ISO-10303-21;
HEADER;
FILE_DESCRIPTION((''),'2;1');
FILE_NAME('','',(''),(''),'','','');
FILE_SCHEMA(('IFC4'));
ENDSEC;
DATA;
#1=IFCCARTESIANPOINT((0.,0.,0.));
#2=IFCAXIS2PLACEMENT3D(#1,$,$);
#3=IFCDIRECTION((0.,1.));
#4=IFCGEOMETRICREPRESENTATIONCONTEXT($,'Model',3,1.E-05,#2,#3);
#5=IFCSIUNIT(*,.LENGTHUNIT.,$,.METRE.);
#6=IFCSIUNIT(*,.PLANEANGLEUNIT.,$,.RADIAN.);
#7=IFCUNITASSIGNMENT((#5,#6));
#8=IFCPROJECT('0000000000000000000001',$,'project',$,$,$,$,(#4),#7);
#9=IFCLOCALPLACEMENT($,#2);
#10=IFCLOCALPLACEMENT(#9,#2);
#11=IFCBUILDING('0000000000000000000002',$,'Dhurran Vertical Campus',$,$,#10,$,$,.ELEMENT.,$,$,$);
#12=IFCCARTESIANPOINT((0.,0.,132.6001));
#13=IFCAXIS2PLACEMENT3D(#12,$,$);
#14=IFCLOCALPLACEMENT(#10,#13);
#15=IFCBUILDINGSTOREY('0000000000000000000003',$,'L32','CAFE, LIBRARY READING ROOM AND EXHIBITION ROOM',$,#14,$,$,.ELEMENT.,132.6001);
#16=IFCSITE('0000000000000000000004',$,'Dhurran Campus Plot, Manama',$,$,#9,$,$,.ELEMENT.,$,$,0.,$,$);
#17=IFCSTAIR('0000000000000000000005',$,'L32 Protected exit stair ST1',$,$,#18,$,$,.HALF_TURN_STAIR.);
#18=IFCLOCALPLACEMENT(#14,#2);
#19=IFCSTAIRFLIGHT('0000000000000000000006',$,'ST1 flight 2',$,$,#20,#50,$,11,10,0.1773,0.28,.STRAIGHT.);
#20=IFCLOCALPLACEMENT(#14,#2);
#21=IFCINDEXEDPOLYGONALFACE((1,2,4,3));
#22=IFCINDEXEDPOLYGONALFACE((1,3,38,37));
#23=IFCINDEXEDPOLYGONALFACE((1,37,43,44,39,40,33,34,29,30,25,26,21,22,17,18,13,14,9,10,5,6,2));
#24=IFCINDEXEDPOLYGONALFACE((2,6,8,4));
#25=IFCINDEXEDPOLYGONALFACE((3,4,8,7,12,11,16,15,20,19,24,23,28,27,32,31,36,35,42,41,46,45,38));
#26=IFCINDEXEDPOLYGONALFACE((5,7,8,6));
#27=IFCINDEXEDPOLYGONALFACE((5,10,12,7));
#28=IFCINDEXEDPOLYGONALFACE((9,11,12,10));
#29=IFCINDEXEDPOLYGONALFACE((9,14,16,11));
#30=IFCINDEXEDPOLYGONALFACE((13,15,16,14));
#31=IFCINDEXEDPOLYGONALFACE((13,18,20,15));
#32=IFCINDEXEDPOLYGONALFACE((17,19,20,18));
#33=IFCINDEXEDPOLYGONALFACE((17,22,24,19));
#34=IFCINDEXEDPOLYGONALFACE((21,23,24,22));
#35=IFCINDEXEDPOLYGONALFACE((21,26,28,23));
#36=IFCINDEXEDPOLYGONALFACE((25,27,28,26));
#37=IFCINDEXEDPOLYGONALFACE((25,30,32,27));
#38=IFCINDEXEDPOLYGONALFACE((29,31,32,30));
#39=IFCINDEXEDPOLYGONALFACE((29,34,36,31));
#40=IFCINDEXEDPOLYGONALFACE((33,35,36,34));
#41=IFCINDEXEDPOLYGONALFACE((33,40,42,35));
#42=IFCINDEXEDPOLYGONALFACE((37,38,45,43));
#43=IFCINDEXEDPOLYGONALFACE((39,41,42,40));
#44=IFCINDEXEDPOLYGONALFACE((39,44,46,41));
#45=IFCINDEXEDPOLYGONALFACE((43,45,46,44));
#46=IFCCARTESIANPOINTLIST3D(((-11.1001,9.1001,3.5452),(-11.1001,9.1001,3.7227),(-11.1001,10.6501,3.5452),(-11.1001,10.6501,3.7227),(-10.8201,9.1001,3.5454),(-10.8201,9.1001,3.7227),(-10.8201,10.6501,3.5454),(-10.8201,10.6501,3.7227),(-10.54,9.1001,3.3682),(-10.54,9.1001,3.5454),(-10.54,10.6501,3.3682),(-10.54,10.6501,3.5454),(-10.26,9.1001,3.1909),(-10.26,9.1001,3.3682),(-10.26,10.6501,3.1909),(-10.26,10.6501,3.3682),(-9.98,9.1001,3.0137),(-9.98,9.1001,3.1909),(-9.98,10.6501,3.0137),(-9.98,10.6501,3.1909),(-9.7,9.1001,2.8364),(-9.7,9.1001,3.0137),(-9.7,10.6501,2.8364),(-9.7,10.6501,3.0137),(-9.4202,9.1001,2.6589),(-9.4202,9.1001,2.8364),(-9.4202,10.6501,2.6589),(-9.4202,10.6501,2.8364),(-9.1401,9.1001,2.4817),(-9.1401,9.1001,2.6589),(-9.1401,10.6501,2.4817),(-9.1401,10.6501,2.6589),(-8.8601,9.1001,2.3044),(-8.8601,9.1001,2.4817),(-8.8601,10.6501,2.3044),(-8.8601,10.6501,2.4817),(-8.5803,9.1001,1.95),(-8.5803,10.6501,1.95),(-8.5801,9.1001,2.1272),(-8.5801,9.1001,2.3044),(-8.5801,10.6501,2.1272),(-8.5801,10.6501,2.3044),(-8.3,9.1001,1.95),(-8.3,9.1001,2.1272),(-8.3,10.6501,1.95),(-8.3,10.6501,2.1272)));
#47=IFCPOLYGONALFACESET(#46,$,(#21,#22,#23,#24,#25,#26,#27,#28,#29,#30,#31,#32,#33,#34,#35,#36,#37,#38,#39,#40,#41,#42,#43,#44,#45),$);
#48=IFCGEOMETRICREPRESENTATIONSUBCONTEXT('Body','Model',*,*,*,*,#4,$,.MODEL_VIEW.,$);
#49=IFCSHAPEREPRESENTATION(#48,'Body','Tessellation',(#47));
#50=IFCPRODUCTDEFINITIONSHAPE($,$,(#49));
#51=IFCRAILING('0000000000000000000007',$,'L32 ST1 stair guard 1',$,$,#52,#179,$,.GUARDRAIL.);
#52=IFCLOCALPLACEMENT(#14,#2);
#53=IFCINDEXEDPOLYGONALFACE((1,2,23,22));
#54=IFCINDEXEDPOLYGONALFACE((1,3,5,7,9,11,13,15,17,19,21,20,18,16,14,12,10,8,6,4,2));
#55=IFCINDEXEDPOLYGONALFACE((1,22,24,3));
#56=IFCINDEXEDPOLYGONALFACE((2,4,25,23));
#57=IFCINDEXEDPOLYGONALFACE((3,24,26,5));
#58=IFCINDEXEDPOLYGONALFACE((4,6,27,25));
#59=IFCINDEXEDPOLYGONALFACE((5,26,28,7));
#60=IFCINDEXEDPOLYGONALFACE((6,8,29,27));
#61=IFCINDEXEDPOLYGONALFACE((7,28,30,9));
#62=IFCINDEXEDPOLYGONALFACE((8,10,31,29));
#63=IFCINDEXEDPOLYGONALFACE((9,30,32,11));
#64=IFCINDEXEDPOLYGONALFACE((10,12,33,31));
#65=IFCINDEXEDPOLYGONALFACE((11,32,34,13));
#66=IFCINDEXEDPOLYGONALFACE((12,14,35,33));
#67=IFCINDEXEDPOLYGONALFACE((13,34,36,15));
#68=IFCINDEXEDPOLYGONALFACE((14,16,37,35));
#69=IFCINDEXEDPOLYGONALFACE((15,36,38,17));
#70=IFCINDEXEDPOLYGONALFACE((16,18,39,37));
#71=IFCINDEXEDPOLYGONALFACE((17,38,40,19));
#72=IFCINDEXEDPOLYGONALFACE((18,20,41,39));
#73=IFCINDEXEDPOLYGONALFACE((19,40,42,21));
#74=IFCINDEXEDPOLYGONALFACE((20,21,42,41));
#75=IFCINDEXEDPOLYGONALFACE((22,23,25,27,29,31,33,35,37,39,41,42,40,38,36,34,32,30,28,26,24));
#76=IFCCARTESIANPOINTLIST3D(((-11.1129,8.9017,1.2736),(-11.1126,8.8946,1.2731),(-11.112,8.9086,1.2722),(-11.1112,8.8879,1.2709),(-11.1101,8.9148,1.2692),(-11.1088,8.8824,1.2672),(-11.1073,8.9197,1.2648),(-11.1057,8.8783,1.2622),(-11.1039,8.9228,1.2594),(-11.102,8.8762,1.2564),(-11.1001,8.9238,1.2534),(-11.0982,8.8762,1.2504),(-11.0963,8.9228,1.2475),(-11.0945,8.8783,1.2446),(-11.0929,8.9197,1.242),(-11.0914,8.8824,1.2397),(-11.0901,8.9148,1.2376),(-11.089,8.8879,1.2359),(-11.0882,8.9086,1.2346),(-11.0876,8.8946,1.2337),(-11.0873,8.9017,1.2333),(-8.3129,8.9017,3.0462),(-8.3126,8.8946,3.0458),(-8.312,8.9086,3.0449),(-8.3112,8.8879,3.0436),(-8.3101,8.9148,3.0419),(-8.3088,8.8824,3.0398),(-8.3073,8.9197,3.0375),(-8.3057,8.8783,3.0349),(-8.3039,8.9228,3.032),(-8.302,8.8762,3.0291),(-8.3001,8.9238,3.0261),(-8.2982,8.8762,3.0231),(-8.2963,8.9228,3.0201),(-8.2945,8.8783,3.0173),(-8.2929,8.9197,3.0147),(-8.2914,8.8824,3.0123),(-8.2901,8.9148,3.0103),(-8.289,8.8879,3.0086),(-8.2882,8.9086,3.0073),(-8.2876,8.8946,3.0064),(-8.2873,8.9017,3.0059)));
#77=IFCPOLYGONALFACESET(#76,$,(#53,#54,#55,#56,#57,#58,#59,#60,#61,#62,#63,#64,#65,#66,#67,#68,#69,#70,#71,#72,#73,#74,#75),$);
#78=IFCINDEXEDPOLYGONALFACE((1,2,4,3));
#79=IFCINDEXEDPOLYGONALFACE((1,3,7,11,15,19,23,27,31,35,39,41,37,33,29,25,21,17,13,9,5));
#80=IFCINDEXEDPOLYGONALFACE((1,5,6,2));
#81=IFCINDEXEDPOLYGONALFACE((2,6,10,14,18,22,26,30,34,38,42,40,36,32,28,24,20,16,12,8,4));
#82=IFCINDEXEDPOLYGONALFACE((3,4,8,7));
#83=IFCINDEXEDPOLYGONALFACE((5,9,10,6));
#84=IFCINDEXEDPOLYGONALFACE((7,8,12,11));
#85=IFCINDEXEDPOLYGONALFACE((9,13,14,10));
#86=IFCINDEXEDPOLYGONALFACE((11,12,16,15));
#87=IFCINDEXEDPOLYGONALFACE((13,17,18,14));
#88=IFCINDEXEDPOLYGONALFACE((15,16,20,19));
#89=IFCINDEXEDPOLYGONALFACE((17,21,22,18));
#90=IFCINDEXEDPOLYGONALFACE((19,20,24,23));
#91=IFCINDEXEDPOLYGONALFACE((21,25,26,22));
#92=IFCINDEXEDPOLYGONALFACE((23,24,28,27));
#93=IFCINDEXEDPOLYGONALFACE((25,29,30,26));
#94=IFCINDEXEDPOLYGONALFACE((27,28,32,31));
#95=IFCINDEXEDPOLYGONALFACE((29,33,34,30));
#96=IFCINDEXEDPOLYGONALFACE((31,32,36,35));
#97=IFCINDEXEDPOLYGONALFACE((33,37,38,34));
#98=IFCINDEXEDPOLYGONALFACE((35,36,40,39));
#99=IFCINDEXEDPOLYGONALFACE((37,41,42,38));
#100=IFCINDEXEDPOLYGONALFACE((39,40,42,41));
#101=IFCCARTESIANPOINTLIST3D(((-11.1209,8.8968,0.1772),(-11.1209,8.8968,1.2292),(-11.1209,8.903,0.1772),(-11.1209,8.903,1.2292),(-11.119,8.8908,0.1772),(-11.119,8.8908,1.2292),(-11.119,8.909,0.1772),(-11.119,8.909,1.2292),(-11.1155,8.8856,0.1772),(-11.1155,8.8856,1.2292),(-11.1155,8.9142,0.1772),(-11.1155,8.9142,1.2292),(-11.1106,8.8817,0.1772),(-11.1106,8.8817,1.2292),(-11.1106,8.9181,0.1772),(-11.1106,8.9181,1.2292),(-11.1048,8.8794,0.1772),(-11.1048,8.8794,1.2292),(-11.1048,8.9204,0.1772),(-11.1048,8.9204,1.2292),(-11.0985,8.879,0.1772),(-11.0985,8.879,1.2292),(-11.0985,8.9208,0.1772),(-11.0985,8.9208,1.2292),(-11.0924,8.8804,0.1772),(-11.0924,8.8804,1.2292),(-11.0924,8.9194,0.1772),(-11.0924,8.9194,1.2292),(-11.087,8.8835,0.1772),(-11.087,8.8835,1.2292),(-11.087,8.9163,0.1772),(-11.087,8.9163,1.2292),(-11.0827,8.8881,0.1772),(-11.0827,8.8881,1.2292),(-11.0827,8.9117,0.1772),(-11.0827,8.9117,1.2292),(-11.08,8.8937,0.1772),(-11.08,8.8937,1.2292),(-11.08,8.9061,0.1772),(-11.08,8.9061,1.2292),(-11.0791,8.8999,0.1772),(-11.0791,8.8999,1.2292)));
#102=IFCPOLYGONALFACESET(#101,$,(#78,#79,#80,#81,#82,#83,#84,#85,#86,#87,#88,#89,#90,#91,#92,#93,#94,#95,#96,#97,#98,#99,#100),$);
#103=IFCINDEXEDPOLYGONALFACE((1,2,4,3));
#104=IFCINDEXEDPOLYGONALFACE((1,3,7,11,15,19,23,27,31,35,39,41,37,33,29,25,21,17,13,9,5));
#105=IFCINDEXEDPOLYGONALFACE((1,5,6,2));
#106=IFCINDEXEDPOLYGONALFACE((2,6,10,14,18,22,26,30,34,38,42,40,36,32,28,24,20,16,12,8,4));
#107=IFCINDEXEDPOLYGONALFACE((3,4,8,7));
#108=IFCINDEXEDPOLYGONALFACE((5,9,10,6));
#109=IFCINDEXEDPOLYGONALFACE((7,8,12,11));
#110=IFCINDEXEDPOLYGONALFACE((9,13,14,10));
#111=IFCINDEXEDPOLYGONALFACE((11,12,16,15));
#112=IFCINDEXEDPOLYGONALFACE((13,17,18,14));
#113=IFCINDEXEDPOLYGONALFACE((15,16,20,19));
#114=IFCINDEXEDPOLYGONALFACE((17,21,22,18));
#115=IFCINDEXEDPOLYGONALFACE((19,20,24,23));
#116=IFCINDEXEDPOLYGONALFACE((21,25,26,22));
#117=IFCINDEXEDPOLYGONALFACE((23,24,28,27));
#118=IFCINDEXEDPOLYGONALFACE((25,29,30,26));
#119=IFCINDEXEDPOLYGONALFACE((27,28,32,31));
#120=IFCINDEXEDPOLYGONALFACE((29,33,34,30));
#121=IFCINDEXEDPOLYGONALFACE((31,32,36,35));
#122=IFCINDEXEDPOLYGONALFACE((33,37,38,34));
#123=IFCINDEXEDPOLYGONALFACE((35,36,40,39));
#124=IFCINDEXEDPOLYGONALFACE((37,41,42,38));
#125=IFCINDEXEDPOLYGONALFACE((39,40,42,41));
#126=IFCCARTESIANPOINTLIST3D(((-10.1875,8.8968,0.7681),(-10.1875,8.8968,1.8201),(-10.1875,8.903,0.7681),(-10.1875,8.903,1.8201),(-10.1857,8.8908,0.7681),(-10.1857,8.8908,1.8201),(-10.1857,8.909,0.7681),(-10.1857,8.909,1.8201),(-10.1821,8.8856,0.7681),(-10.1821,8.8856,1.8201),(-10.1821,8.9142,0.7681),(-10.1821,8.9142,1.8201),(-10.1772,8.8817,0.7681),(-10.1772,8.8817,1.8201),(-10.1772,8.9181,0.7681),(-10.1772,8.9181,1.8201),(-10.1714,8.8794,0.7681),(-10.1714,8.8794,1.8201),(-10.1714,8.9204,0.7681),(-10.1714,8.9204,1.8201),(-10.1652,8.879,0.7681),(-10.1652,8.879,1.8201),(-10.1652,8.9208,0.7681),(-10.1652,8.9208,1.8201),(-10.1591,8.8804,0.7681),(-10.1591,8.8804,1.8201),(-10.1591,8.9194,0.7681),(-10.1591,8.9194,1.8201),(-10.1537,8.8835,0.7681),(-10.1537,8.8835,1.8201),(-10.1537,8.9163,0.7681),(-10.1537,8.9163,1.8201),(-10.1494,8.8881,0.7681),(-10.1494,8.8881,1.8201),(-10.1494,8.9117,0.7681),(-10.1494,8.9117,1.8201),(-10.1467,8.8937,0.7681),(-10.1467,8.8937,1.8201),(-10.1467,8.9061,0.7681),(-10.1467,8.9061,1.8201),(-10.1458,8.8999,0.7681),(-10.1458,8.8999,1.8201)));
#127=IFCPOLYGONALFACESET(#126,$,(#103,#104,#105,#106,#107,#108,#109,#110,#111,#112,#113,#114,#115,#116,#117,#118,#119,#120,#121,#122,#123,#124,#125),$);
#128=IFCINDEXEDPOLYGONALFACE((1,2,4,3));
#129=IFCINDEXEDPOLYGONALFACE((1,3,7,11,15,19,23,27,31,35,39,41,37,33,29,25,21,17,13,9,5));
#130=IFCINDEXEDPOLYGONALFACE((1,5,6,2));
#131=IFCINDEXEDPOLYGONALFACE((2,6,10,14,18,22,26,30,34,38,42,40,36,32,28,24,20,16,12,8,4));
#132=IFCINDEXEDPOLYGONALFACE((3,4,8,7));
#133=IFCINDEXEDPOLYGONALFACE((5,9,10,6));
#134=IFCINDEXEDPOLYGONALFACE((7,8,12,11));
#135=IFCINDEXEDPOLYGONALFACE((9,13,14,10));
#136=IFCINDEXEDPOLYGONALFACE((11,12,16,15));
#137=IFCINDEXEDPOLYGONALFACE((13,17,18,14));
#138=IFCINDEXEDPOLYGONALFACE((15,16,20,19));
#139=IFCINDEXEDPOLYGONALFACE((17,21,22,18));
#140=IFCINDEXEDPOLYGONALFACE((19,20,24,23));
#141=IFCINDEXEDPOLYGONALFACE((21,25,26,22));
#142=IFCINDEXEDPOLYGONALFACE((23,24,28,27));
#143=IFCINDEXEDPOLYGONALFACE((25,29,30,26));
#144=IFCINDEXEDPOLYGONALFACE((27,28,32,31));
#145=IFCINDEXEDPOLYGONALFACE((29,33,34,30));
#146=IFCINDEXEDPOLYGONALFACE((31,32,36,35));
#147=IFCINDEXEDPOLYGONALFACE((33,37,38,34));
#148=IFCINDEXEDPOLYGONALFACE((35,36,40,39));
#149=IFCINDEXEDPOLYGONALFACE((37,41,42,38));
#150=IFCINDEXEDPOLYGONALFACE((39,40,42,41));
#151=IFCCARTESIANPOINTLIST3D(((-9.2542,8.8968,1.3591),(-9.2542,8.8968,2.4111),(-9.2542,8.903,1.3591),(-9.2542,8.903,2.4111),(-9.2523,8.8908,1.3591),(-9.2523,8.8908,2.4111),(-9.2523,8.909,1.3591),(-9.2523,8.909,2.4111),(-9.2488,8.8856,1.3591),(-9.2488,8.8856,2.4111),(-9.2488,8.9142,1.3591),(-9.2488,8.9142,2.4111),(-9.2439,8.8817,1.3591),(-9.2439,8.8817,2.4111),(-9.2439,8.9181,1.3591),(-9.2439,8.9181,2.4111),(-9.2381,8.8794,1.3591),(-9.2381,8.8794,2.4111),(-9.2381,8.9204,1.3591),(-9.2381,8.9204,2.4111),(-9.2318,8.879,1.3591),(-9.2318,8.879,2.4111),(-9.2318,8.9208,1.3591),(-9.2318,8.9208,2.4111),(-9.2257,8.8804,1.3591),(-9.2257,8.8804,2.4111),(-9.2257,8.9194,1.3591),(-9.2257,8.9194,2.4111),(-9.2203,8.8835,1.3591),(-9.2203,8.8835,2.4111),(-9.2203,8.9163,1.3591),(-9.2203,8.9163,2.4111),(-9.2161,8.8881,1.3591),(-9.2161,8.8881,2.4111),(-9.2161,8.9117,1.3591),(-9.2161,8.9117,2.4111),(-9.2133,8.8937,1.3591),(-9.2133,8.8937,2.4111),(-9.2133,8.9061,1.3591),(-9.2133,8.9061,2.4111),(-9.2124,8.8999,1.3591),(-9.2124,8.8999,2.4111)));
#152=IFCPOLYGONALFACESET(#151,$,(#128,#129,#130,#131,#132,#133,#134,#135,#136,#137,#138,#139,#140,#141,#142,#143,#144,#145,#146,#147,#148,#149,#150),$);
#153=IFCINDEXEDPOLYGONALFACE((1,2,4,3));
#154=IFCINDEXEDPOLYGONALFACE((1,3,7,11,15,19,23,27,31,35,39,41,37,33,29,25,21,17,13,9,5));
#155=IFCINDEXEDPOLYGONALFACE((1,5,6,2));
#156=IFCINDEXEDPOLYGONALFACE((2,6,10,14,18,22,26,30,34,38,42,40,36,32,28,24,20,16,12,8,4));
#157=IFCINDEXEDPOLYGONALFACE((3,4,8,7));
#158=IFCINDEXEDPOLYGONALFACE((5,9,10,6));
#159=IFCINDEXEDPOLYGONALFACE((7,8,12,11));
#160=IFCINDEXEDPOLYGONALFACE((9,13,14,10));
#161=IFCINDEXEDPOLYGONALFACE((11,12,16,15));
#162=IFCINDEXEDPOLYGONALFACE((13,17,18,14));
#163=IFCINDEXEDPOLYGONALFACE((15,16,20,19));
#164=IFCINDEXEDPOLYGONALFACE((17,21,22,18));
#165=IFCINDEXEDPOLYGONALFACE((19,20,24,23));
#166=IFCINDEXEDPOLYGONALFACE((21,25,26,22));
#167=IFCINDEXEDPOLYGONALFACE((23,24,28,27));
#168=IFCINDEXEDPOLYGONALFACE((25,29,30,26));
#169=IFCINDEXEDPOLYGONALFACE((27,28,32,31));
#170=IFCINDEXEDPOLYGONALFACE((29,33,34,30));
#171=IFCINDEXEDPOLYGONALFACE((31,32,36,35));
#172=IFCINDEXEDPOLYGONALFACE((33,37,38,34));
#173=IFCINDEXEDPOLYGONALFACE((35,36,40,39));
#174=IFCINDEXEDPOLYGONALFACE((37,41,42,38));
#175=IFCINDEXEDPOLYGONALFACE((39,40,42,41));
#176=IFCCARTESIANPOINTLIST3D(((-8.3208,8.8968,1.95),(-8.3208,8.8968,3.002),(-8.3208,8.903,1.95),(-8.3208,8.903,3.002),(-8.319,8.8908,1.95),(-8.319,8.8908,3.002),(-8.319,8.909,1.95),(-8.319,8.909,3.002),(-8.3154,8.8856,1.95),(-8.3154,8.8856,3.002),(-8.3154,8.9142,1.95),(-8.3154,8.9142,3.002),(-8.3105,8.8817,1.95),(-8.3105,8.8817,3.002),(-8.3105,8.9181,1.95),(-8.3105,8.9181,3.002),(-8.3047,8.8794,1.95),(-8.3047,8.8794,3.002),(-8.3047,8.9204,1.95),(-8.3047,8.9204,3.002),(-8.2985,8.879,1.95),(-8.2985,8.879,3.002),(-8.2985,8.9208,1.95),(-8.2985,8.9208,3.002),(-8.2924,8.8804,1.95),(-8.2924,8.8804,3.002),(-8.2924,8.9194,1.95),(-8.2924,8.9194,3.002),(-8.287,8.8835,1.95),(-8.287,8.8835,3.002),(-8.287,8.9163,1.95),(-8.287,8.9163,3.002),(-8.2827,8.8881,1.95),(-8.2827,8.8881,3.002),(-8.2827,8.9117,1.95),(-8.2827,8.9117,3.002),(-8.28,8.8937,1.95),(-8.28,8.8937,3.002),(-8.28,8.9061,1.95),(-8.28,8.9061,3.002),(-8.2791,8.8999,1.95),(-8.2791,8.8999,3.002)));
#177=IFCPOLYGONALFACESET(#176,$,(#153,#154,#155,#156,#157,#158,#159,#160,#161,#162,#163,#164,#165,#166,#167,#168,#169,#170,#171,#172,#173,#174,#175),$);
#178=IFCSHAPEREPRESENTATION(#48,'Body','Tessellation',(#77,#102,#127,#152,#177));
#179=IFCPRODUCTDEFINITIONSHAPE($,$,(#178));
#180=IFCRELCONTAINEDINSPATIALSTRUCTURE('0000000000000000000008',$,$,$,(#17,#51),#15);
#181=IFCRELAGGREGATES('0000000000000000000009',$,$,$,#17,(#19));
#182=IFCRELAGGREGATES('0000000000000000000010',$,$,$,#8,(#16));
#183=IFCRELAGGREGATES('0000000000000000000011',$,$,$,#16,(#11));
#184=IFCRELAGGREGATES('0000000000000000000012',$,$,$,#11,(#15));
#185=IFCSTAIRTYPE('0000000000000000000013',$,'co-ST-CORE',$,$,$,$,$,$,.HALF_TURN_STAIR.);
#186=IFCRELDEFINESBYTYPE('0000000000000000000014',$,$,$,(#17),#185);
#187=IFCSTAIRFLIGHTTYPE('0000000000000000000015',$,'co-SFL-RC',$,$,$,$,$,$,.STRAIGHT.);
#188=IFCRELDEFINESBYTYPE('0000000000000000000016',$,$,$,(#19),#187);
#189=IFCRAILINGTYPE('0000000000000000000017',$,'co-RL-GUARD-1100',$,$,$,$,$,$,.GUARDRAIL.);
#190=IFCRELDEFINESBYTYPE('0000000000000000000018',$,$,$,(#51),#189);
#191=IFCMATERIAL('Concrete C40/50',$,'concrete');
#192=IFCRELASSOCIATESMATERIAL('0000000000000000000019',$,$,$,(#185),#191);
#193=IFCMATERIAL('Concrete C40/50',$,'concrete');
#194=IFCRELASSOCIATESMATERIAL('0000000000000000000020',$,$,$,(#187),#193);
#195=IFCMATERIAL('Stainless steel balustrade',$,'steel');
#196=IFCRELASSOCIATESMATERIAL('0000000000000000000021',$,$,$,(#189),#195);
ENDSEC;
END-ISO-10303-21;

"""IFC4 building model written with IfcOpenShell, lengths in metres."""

from ifc_helpers import new_model, si_unit, direction, frame, origin, origin_2d, place, context, subcontext, project, spatial, polyline, circle, outline, extrude, material, type_object, element, aggregate, save


model = new_model("IFC4")

# Units and contexts
model_context = context("Model", 3, precision=1e-05, world=origin(), true_north=direction((0.0, 1.0)))
body_context = subcontext(model_context, "Body", "Model", "MODEL_VIEW")
ifc_project = project(units=[si_unit("LENGTHUNIT", "METRE"), si_unit("PLANEANGLEUNIT", "RADIAN")], contexts=[model_context])

# Site, building, storey
site_placement = place(None, origin())
site = spatial("IfcSite", under=ifc_project, at=site_placement, Name="Dhurran Campus Plot, Manama", CompositionType="ELEMENT", RefElevation=0.0)
building_placement = place(site_placement, origin())
building = spatial("IfcBuilding", under=site, at=building_placement, Name="Dhurran Vertical Campus", CompositionType="ELEMENT")
storey_placement = place(building_placement, frame((0.0, 0.0, 132.6001)))
storey = spatial("IfcBuildingStorey", under=building, at=storey_placement, Name="L32", Description="CAFE, LIBRARY READING ROOM AND EXHIBITION ROOM", CompositionType="ELEMENT", Elevation=132.6001)

# Stair, stair flight
ifc_material_1 = material(Name="Concrete C40/50", Category="concrete")
stair_type = type_object("IfcStairType", Name="co-ST-CORE", PredefinedType="HALF_TURN_STAIR", material=ifc_material_1)
stair_placement = place(storey_placement, origin())
stair = element("IfcStair", 1, at=stair_placement, inside=storey, type_object=stair_type, Name="L32 Protected exit stair ST1", PredefinedType="HALF_TURN_STAIR")
ifc_material_2 = material(Name="Concrete C40/50", Category="concrete")
stair_flight_type = type_object("IfcStairFlightType", Name="co-SFL-RC", PredefinedType="STRAIGHT", material=ifc_material_2)
stair_flight_placement = place(storey_placement, frame((-8.3, 9.875, 1.95), z_axis=(0.0, 0.0, 1.0), x_axis=(-1.0, 0.0, 0.0)))
stair_flight = element("IfcStairFlight", 2, at=stair_flight_placement, type_object=stair_flight_type, Name="ST1 flight 2", NumberOfRisers=11, NumberOfTreads=10, PredefinedType="STRAIGHT", RiserHeight=0.1773, TreadLength=0.28, context=body_context, shape_type="SweptSolid", body=[
    extrude(outline(polyline([(0.0, 0.0), (0.0, 0.1772), (0.28, 0.1772), (0.28, 0.3545), (0.5601, 0.3545), (0.5601, 0.5317), (0.8401, 0.5317), (0.8401, 0.709), (1.1201, 0.709), (1.1201, 0.8865), (1.3999, 0.8865), (1.3999, 1.0637), (1.6799, 1.0637), (1.6799, 1.241), (1.96, 1.241), (1.96, 1.4182), (2.24, 1.4182), (2.24, 1.5955), (2.52, 1.5955), (2.52, 1.7727), (2.8, 1.7727), (2.8, 1.95), (2.8, 1.5952), (0.2803, 0.0), (0.0, 0.0)])), frame((0.0, 0.7749, 0.0), z_axis=(0.0, -1.0, 0.0), x_axis=(1.0, 0.0, 0.0)), (0.0, 0.0, 1.0), 1.55),
])
aggregate(stair, [stair_flight])

# Railing
ifc_material_3 = material(Name="Stainless steel balustrade", Category="steel")
railing_type_1 = type_object("IfcRailingType", Name="co-RL-GUARD-1100", PredefinedType="GUARDRAIL", material=ifc_material_3)
railing_1_placement = place(storey_placement, frame((-11.1001, 8.8999, 0.1772)))
element("IfcRailing", 3, at=railing_1_placement, inside=storey, type_object=railing_type_1, Name="L32 ST1 stair guard 1", PredefinedType="GUARDRAIL", context=body_context, shape_type="SweptSolid", body=[
    extrude(circle(Radius=0.0239, at=origin_2d()), frame((0.0, 0.0, 1.0762), z_axis=(0.844909, 0.0, 0.53491), x_axis=(0.0, 1.0, 0.0)), (0.0, 0.0, 1.0), 3.314),
    extrude(circle(Radius=0.021, at=origin_2d()), origin(), (0.0, 0.0, 1.0), 1.052),
    extrude(circle(Radius=0.021, at=origin_2d()), frame((0.9333, 0.0, 0.5908)), (0.0, 0.0, 1.0), 1.052),
    extrude(circle(Radius=0.021, at=origin_2d()), frame((1.8667, 0.0, 1.1819)), (0.0, 0.0, 1.0), 1.052),
    extrude(circle(Radius=0.021, at=origin_2d()), frame((2.8, 0.0, 1.7727)), (0.0, 0.0, 1.0), 1.052),
])

save(model, "model.ifc")
